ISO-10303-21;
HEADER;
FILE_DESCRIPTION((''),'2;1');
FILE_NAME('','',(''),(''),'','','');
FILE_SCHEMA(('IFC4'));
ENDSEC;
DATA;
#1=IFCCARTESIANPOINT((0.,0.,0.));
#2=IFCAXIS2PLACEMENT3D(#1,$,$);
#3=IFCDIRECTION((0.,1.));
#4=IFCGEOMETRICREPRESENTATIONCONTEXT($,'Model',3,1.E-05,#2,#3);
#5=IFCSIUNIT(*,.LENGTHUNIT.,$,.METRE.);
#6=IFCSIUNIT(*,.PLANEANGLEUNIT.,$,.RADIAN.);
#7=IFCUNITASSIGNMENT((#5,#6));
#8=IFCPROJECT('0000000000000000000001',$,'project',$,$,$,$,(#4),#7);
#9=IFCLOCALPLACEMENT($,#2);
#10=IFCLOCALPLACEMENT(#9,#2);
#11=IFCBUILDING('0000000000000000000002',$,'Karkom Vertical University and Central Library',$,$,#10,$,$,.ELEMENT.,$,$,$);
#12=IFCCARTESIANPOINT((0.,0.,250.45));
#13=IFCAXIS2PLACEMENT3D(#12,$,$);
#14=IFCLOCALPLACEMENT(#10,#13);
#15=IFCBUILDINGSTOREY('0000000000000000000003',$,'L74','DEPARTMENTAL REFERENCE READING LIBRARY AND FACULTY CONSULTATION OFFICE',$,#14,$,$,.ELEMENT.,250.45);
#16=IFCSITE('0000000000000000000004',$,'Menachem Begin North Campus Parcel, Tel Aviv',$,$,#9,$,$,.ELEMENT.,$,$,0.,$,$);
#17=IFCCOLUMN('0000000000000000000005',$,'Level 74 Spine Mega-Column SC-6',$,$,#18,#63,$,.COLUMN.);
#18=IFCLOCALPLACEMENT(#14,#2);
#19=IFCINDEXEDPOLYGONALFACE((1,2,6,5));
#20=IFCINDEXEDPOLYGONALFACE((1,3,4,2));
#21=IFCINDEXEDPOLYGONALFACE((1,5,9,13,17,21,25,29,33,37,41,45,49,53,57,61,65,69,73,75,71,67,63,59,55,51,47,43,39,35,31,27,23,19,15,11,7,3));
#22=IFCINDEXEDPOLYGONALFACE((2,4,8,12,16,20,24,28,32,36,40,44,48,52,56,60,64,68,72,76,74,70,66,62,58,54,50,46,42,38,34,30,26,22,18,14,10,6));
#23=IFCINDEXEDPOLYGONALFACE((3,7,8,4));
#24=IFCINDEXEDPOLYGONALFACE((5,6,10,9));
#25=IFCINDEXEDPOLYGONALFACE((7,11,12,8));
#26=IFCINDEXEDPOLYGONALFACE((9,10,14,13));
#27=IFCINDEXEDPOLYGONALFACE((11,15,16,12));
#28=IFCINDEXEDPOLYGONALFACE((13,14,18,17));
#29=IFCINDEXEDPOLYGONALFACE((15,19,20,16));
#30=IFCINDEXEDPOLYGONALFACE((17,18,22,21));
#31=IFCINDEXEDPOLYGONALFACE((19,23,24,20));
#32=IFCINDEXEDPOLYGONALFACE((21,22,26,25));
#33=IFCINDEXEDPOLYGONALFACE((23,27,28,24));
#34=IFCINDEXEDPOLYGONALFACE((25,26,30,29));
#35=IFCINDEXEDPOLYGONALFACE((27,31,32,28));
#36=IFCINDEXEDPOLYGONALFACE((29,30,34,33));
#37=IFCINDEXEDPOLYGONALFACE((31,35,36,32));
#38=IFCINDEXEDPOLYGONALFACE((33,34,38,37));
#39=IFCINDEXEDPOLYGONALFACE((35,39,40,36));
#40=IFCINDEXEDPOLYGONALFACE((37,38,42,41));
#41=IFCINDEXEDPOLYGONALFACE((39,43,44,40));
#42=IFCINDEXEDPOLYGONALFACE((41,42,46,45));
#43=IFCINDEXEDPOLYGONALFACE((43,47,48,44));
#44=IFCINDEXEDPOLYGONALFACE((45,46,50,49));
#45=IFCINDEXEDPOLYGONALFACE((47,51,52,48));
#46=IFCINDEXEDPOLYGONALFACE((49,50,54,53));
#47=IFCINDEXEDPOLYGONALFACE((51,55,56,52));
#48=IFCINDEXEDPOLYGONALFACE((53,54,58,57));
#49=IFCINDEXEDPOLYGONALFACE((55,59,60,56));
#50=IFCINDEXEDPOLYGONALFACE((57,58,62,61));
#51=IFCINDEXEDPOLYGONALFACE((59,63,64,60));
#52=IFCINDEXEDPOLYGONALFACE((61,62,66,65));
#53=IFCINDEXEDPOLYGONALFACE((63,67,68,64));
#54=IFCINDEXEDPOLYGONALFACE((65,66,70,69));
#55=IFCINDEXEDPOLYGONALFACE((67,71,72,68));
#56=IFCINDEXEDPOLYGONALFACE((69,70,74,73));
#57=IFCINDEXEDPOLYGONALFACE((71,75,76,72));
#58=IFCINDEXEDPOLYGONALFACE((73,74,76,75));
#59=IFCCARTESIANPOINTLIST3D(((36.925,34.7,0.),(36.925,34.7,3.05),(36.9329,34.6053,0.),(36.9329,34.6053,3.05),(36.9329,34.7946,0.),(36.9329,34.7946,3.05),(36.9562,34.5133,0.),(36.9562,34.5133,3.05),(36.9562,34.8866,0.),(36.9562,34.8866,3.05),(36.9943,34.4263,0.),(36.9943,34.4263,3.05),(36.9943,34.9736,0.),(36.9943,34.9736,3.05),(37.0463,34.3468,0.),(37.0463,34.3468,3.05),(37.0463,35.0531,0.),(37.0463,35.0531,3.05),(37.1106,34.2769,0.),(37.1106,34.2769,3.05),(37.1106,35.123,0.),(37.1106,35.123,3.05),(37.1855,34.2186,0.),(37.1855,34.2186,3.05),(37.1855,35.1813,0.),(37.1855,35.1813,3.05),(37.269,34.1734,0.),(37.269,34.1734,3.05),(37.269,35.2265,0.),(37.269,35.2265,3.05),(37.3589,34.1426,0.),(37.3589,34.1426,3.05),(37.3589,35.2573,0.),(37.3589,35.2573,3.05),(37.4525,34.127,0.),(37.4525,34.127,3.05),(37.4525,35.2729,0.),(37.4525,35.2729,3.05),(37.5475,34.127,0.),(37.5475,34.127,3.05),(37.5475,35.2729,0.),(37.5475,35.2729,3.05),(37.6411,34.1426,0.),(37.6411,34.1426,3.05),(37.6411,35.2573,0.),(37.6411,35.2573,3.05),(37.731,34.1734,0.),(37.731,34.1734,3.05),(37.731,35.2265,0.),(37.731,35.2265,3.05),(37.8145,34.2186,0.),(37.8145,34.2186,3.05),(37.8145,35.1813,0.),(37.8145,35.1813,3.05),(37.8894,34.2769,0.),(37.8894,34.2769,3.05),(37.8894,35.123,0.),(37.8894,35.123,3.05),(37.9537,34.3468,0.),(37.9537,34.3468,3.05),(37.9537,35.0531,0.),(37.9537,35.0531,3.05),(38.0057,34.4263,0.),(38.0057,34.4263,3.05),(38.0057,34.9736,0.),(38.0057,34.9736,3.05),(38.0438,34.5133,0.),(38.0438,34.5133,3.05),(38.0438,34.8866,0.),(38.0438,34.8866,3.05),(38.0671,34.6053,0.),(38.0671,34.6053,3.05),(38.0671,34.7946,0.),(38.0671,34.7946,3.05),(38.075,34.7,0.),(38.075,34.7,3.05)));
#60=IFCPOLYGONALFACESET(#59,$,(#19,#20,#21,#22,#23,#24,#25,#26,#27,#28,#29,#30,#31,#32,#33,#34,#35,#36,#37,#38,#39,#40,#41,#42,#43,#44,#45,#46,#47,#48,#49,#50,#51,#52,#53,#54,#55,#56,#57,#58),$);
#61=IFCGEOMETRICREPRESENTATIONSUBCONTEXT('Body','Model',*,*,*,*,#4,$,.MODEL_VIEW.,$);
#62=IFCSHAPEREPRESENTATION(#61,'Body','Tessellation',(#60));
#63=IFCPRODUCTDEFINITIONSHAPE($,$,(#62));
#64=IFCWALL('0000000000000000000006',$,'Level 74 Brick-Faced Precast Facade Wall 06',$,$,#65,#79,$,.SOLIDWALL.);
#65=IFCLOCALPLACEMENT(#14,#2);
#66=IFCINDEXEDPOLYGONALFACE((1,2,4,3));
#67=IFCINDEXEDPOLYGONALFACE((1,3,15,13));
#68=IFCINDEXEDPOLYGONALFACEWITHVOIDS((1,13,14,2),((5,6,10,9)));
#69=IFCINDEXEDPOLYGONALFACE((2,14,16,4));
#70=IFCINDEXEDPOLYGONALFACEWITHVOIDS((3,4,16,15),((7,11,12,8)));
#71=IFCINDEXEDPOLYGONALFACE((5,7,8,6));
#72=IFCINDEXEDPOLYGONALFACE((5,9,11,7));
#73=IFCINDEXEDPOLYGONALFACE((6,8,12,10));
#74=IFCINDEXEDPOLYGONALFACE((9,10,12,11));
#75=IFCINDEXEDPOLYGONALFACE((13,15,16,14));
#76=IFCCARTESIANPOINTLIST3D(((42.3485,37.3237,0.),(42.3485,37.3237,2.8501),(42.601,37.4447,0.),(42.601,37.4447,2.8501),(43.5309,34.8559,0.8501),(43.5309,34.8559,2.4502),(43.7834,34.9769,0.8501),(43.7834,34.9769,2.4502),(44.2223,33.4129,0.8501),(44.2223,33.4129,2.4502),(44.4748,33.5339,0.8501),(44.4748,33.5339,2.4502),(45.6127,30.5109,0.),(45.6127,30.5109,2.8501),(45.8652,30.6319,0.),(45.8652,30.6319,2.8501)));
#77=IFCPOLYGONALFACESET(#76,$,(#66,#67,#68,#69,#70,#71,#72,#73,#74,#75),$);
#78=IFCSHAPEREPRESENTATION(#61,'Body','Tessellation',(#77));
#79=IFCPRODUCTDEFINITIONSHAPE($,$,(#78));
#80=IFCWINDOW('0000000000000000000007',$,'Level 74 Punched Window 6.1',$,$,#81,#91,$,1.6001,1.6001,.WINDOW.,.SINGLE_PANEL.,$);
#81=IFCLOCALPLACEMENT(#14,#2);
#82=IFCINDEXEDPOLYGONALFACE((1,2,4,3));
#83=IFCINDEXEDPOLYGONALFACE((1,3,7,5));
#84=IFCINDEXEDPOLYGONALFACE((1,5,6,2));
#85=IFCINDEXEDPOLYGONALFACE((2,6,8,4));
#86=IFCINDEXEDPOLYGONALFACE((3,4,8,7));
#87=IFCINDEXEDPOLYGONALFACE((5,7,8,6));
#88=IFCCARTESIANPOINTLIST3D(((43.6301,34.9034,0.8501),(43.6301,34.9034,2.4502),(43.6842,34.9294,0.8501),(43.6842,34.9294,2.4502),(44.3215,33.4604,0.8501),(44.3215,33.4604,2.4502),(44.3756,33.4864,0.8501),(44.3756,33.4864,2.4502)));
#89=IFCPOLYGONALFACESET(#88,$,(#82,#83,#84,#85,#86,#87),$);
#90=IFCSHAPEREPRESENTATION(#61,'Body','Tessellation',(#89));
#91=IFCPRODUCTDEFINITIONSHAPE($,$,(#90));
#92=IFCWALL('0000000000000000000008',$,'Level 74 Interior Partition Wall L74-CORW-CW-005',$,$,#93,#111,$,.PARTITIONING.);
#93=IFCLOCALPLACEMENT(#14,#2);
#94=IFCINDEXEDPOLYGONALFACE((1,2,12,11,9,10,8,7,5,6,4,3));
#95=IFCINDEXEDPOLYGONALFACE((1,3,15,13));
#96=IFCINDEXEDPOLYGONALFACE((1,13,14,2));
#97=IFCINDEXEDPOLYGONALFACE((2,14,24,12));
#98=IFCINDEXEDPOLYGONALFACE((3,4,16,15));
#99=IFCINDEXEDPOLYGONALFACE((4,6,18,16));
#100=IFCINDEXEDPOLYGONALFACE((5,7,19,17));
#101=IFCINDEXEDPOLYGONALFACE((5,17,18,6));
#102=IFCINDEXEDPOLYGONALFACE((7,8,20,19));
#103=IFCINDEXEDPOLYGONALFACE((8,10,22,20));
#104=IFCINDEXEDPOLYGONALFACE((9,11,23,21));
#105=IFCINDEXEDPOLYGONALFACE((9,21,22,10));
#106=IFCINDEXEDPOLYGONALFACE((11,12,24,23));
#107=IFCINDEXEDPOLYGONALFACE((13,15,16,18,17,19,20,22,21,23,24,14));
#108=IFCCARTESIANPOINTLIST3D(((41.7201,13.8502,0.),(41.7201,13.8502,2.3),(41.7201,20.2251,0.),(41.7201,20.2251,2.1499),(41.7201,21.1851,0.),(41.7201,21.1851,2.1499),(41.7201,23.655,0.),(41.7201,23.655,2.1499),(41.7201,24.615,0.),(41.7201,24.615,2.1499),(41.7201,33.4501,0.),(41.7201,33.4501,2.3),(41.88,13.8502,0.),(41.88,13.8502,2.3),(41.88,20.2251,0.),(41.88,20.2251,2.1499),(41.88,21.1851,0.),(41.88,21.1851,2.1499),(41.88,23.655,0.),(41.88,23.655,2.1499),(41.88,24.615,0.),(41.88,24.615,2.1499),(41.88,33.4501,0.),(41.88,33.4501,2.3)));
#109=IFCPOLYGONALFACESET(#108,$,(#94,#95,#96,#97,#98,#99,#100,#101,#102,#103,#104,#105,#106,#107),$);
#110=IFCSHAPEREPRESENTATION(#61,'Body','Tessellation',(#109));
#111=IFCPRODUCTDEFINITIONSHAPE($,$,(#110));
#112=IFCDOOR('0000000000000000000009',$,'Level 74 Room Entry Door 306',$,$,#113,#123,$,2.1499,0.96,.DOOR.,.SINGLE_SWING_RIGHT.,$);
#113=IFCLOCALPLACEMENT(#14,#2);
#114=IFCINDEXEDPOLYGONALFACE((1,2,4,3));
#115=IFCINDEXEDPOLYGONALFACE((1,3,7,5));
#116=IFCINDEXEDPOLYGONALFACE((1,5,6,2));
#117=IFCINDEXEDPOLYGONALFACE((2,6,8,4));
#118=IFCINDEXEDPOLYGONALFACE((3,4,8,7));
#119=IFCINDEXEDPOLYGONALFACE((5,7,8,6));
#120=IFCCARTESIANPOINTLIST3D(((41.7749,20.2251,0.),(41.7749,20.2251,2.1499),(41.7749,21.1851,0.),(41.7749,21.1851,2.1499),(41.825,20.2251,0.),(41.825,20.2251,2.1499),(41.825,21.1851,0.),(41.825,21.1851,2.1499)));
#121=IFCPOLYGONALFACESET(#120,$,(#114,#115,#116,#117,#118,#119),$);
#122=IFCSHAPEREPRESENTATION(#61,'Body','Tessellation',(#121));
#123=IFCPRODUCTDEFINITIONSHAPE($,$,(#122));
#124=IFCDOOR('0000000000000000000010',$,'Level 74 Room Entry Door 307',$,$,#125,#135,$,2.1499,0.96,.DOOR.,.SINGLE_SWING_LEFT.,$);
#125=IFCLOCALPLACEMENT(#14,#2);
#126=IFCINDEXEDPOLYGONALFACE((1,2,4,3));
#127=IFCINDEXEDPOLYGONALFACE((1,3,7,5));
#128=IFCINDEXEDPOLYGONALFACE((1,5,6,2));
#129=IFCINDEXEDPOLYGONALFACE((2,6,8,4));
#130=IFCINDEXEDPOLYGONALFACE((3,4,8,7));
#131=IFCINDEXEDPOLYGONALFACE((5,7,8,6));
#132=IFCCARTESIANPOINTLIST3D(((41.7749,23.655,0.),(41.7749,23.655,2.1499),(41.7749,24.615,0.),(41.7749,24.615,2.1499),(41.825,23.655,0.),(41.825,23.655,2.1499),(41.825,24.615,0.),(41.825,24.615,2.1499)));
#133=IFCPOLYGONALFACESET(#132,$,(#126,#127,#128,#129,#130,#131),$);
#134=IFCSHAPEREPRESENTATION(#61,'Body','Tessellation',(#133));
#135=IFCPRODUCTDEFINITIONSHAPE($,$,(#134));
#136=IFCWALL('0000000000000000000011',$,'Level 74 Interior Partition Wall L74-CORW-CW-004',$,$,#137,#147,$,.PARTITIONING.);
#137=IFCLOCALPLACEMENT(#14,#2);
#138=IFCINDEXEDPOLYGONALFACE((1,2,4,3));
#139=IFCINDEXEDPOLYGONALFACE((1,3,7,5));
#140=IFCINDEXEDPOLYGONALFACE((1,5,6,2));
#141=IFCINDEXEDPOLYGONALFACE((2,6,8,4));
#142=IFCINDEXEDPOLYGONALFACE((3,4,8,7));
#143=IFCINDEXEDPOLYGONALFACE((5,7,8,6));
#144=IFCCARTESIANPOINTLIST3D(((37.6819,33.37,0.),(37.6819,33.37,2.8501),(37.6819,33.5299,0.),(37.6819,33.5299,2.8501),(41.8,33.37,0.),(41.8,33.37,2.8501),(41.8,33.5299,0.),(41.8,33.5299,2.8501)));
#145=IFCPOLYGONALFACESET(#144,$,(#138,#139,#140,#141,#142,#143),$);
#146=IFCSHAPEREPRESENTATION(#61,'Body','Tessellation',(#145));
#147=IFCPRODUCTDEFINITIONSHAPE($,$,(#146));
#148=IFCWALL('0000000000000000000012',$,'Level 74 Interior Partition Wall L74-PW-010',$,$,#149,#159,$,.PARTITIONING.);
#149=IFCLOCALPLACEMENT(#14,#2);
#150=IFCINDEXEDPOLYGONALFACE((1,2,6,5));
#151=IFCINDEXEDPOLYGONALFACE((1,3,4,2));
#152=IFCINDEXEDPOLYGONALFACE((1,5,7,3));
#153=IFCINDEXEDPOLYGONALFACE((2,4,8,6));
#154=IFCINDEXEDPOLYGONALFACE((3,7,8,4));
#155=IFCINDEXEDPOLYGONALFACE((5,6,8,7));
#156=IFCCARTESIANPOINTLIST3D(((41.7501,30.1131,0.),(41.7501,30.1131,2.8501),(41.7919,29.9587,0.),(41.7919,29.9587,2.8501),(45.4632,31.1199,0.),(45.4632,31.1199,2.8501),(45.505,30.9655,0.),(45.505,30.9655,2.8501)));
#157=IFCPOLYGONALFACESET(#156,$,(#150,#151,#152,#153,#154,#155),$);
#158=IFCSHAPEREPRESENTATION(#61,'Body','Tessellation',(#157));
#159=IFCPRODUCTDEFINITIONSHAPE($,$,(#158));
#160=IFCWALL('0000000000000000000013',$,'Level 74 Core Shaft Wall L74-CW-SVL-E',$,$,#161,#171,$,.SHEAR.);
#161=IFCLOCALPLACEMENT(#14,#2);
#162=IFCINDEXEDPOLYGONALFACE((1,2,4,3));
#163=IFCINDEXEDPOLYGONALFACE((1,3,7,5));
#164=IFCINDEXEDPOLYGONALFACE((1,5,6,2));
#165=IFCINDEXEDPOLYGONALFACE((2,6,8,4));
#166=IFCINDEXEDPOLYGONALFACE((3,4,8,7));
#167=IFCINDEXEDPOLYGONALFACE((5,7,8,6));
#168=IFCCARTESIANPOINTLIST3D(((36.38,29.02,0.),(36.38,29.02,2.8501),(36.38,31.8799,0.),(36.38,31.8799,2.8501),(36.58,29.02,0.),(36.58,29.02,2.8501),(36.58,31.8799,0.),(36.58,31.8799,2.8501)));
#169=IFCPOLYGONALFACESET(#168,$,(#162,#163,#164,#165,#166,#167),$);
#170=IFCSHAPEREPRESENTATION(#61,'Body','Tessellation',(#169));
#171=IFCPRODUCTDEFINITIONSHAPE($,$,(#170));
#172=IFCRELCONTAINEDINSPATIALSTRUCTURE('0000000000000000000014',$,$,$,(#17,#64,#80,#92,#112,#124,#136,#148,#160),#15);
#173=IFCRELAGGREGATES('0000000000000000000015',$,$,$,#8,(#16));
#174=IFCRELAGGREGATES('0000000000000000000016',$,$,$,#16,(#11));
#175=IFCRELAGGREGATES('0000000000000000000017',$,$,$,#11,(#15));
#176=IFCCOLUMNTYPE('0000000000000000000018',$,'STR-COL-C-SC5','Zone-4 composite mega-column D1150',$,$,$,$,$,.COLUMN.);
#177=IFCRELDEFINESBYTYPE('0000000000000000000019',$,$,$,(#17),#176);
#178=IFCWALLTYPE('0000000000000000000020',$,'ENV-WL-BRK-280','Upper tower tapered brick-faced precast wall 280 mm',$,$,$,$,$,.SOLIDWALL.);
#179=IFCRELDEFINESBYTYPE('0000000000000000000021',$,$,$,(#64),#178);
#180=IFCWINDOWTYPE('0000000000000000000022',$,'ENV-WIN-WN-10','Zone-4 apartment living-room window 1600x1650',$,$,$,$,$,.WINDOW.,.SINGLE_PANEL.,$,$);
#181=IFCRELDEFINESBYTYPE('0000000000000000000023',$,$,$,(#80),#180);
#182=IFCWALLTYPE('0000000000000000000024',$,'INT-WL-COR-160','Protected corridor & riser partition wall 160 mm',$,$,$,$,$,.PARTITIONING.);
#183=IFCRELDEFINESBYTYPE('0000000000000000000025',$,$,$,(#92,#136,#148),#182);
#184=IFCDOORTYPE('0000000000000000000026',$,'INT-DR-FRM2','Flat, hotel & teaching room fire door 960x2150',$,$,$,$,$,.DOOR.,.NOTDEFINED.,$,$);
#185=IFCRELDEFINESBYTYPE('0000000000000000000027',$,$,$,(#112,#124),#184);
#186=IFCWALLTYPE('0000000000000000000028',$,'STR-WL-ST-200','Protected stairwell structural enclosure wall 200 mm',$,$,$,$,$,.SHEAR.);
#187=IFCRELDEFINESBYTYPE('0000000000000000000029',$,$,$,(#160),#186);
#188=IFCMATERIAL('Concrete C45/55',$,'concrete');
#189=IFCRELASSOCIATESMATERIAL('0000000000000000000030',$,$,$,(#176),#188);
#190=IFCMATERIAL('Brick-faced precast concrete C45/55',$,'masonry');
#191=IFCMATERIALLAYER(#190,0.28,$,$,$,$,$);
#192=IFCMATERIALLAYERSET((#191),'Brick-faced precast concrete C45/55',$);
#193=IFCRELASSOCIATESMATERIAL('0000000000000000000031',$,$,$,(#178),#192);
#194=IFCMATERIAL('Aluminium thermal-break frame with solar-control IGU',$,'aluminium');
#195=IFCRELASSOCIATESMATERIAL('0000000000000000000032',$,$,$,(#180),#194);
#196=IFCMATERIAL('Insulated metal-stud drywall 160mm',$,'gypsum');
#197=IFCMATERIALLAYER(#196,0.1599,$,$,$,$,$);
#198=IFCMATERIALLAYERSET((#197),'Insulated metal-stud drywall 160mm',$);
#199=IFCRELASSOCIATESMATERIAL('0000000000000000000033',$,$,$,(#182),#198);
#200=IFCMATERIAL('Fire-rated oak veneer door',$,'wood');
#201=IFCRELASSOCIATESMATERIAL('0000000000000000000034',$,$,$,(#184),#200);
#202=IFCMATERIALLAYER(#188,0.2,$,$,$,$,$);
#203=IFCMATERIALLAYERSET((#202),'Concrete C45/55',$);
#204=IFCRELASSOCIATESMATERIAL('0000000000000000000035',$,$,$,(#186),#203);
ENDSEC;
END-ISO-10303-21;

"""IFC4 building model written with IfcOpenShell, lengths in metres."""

from ifc_helpers import new_model, si_unit, direction, frame, frame_2d, origin, origin_with_axes, origin_2d, place, context, subcontext, project, spatial, rectangle, circle, extrude, source, transform, mapped, material, layer, layer_set, material_profile, profile_set, type_object, element, fill, save


model = new_model("IFC4")

# Units and contexts
model_context = context("Model", 3, precision=1e-05, world=origin(), true_north=direction((0.0, 1.0)))
body_context = subcontext(model_context, "Body", "Model", "MODEL_VIEW")
ifc_project = project(units=[si_unit("LENGTHUNIT", "METRE"), si_unit("PLANEANGLEUNIT", "RADIAN")], contexts=[model_context])

# Site, building, storey
site_placement = place(None, origin())
site = spatial("IfcSite", under=ifc_project, at=site_placement, Name="Menachem Begin North Campus Parcel, Tel Aviv", CompositionType="ELEMENT", RefElevation=0.0)
building_placement = place(site_placement, origin())
building = spatial("IfcBuilding", under=site, at=building_placement, Name="Karkom Vertical University and Central Library", CompositionType="ELEMENT")
storey_placement = place(building_placement, frame((0.0, 0.0, 250.45)))
storey = spatial("IfcBuildingStorey", under=building, at=storey_placement, Name="L74", Description="DEPARTMENTAL REFERENCE READING LIBRARY AND FACULTY CONSULTATION OFFICE", CompositionType="ELEMENT", Elevation=250.45)

# Column
ifc_material_1 = material(Name="Concrete C45/55", Category="concrete")
ifc_material_profile = material_profile(ifc_material_1, circle(Radius=0.575, at=origin_2d()), Name="CFT-D1150")
ifc_profile_set = profile_set([ifc_material_profile], Name="Concrete C45/55")
column_type = type_object("IfcColumnType", Name="STR-COL-C-SC5", Description="Zone-4 composite mega-column D1150", PredefinedType="COLUMN", material=ifc_profile_set)
shared_shape_1 = source(origin_with_axes(), body_context, "Body", "SweptSolid", [
    extrude(circle(Radius=0.575, at=origin_2d()), origin(), (0.0, 0.0, 1.0), 3.05),
])
column_placement = place(storey_placement, frame((37.5, 34.7, 0.0), z_axis=(0.0, 0.0, 1.0), x_axis=(1.0, 0.0, 0.0)))
element("IfcColumn", 1, at=column_placement, inside=storey, type_object=column_type, Name="Level 74 Spine Mega-Column SC-6", PredefinedType="COLUMN", context=body_context, shape_type="MappedRepresentation", body=[
    mapped(shared_shape_1, transform((0.0, 0.0, 0.0), scale=1.0)),
])

# Wall, opening, window
ifc_material_2 = material(Name="Brick-faced precast concrete C45/55", Category="masonry")
ifc_layer_1 = layer(ifc_material_2, 0.28)
ifc_layer_set_1 = layer_set([ifc_layer_1], Name="Brick-faced precast concrete C45/55")
wall_type_1 = type_object("IfcWallType", Name="ENV-WL-BRK-280", Description="Upper tower tapered brick-faced precast wall 280 mm", PredefinedType="SOLIDWALL", material=ifc_layer_set_1)
wall_1_placement = place(storey_placement, frame((45.739, 30.5713, 0.0), z_axis=(0.0, 0.0, 1.0), x_axis=(-0.43209, 0.90183, 0.0)))
wall_1 = element("IfcWall", 2, at=wall_1_placement, inside=storey, type_object=wall_type_1, Name="Level 74 Brick-Faced Precast Facade Wall 06", PredefinedType="SOLIDWALL", context=body_context, shape_type="SweptSolid", body=[
    extrude(rectangle(XDim=7.5544, YDim=0.28, at=frame_2d((3.7773, 0.0))), origin(), (0.0, 0.0, 1.0), 2.8501),
])
opening_1_placement = place(wall_1_placement, frame((3.218, 0.0, 0.8501)))
opening_1 = element("IfcOpeningElement", 3, at=opening_1_placement, cuts=wall_1, PredefinedType="OPENING", context=body_context, shape_type="SweptSolid", body=[
    extrude(rectangle(XDim=1.6001, YDim=1.6001, at=frame_2d((0.8, 0.8))), frame((0.0, 0.1499, 0.0), z_axis=(0.0, -1.0, 0.0), x_axis=(1.0, 0.0, 0.0)), (0.0, 0.0, 1.0), 0.3),
])
ifc_material_3 = material(Name="Aluminium thermal-break frame with solar-control IGU", Category="aluminium")
window_type = type_object("IfcWindowType", Name="ENV-WIN-WN-10", Description="Zone-4 apartment living-room window 1600x1650", PartitioningType="SINGLE_PANEL", PredefinedType="WINDOW", material=ifc_material_3)
shared_shape_2 = source(origin_with_axes(), body_context, "Body", "SweptSolid", [
    extrude(rectangle(XDim=1.6001, YDim=1.6001, at=frame_2d((0.8, 0.8))), frame((0.0, 0.03, 0.0), z_axis=(0.0, -1.0, 0.0), x_axis=(1.0, 0.0, 0.0)), (0.0, 0.0, 1.0), 0.0601),
])
window_placement = place(opening_1_placement, origin())
window = element("IfcWindow", 4, at=window_placement, inside=storey, type_object=window_type, Name="Level 74 Punched Window 6.1", OverallHeight=1.6001, OverallWidth=1.6001, PartitioningType="SINGLE_PANEL", PredefinedType="WINDOW", context=body_context, shape_type="MappedRepresentation", body=[
    mapped(shared_shape_2, transform((0.0, 0.0, 0.0), scale=1.0)),
])
fill(opening_1, window)

# Wall, openings, doors
ifc_material_4 = material(Name="Insulated metal-stud drywall 160mm", Category="gypsum")
ifc_layer_2 = layer(ifc_material_4, 0.1599)
ifc_layer_set_2 = layer_set([ifc_layer_2], Name="Insulated metal-stud drywall 160mm")
wall_type_2 = type_object("IfcWallType", Name="INT-WL-COR-160", Description="Protected corridor & riser partition wall 160 mm", PredefinedType="PARTITIONING", material=ifc_layer_set_2)
wall_2_placement = place(storey_placement, frame((41.8, 33.45, 0.0), z_axis=(0.0, 0.0, 1.0), x_axis=(0.0, -1.0, 0.0)))
wall_2 = element("IfcWall", 5, at=wall_2_placement, inside=storey, type_object=wall_type_2, Name="Level 74 Interior Partition Wall L74-CORW-CW-005", PredefinedType="PARTITIONING", context=body_context, shape_type="SweptSolid", body=[
    extrude(rectangle(XDim=19.5999, YDim=0.1599, at=frame_2d((9.7998, 0.0))), origin(), (0.0, 0.0, 1.0), 2.3),
])
opening_2_placement = place(wall_2_placement, frame((12.2649, 0.0, 0.0)))
opening_2 = element("IfcOpeningElement", 6, at=opening_2_placement, cuts=wall_2, PredefinedType="OPENING", context=body_context, shape_type="SweptSolid", body=[
    extrude(rectangle(XDim=0.96, YDim=2.1499, at=frame_2d((0.48, 1.075))), frame((0.0, 0.0898, 0.0), z_axis=(0.0, -1.0, 0.0), x_axis=(1.0, 0.0, 0.0)), (0.0, 0.0, 1.0), 0.1799),
])
opening_3_placement = place(wall_2_placement, frame((8.835, 0.0, 0.0)))
opening_3 = element("IfcOpeningElement", 7, at=opening_3_placement, cuts=wall_2, PredefinedType="OPENING", context=body_context, shape_type="SweptSolid", body=[
    extrude(rectangle(XDim=0.96, YDim=2.1499, at=frame_2d((0.48, 1.075))), frame((0.0, 0.0898, 0.0), z_axis=(0.0, -1.0, 0.0), x_axis=(1.0, 0.0, 0.0)), (0.0, 0.0, 1.0), 0.1799),
])
ifc_material_5 = material(Name="Fire-rated oak veneer door", Category="wood")
door_type_1 = type_object("IfcDoorType", Name="INT-DR-FRM2", Description="Flat, hotel & teaching room fire door 960x2150", OperationType="NOTDEFINED", PredefinedType="DOOR", material=ifc_material_5)
shared_shape_3 = source(origin_with_axes(), body_context, "Body", "SweptSolid", [
    extrude(rectangle(XDim=0.96, YDim=2.1499, at=frame_2d((0.48, 1.075))), frame((0.0, 0.0249, 0.0), z_axis=(0.0, -1.0, 0.0), x_axis=(1.0, 0.0, 0.0)), (0.0, 0.0, 1.0), 0.05),
])
door_1_placement = place(opening_2_placement, origin())
door_1 = element("IfcDoor", 8, at=door_1_placement, inside=storey, type_object=door_type_1, Name="Level 74 Room Entry Door 306", OperationType="SINGLE_SWING_RIGHT", OverallHeight=2.1499, OverallWidth=0.96, PredefinedType="DOOR", context=body_context, shape_type="MappedRepresentation", body=[
    mapped(shared_shape_3, transform((0.0, 0.0, 0.0), scale=1.0)),
])
fill(opening_2, door_1)
door_2_placement = place(opening_3_placement, origin())
door_2 = element("IfcDoor", 9, at=door_2_placement, inside=storey, type_object=door_type_1, Name="Level 74 Room Entry Door 307", OperationType="SINGLE_SWING_LEFT", OverallHeight=2.1499, OverallWidth=0.96, PredefinedType="DOOR", context=body_context, shape_type="MappedRepresentation", body=[
    mapped(shared_shape_3, transform((0.0, 0.0, 0.0), scale=1.0)),
])
fill(opening_3, door_2)

# Walls
wall_3_placement = place(storey_placement, frame((37.6819, 33.45, 0.0), z_axis=(0.0, 0.0, 1.0), x_axis=(1.0, 0.0, 0.0)))
element("IfcWall", 10, at=wall_3_placement, inside=storey, type_object=wall_type_2, Name="Level 74 Interior Partition Wall L74-CORW-CW-004", PredefinedType="PARTITIONING", context=body_context, shape_type="SweptSolid", body=[
    extrude(rectangle(XDim=4.1182, YDim=0.1599, at=frame_2d((2.0591, 0.0))), origin(), (0.0, 0.0, 1.0), 2.8501),
])
wall_4_placement = place(storey_placement, frame((41.771, 30.0359, 0.0), z_axis=(0.0, 0.0, 1.0), x_axis=(0.965148, 0.261705, 0.0)))
element("IfcWall", 11, at=wall_4_placement, inside=storey, type_object=wall_type_2, Name="Level 74 Interior Partition Wall L74-PW-010", PredefinedType="PARTITIONING", context=body_context, shape_type="SweptSolid", body=[
    extrude(rectangle(XDim=3.8472, YDim=0.1599, at=frame_2d((1.9236, 0.0))), origin(), (0.0, 0.0, 1.0), 2.8501),
])

# Wall
ifc_layer_3 = layer(ifc_material_1, 0.2)
ifc_layer_set_3 = layer_set([ifc_layer_3], Name="Concrete C45/55")
wall_type_3 = type_object("IfcWallType", Name="STR-WL-ST-200", Description="Protected stairwell structural enclosure wall 200 mm", PredefinedType="SHEAR", material=ifc_layer_set_3)
wall_5_placement = place(storey_placement, frame((36.48, 29.02, 0.0), z_axis=(0.0, 0.0, 1.0), x_axis=(0.0, 1.0, 0.0)))
element("IfcWall", 12, at=wall_5_placement, inside=storey, type_object=wall_type_3, Name="Level 74 Core Shaft Wall L74-CW-SVL-E", PredefinedType="SHEAR", context=body_context, shape_type="SweptSolid", body=[
    extrude(rectangle(XDim=2.8599, YDim=0.2, at=frame_2d((1.4299, 0.0))), origin(), (0.0, 0.0, 1.0), 2.8501),
])

save(model, "model.ifc")
